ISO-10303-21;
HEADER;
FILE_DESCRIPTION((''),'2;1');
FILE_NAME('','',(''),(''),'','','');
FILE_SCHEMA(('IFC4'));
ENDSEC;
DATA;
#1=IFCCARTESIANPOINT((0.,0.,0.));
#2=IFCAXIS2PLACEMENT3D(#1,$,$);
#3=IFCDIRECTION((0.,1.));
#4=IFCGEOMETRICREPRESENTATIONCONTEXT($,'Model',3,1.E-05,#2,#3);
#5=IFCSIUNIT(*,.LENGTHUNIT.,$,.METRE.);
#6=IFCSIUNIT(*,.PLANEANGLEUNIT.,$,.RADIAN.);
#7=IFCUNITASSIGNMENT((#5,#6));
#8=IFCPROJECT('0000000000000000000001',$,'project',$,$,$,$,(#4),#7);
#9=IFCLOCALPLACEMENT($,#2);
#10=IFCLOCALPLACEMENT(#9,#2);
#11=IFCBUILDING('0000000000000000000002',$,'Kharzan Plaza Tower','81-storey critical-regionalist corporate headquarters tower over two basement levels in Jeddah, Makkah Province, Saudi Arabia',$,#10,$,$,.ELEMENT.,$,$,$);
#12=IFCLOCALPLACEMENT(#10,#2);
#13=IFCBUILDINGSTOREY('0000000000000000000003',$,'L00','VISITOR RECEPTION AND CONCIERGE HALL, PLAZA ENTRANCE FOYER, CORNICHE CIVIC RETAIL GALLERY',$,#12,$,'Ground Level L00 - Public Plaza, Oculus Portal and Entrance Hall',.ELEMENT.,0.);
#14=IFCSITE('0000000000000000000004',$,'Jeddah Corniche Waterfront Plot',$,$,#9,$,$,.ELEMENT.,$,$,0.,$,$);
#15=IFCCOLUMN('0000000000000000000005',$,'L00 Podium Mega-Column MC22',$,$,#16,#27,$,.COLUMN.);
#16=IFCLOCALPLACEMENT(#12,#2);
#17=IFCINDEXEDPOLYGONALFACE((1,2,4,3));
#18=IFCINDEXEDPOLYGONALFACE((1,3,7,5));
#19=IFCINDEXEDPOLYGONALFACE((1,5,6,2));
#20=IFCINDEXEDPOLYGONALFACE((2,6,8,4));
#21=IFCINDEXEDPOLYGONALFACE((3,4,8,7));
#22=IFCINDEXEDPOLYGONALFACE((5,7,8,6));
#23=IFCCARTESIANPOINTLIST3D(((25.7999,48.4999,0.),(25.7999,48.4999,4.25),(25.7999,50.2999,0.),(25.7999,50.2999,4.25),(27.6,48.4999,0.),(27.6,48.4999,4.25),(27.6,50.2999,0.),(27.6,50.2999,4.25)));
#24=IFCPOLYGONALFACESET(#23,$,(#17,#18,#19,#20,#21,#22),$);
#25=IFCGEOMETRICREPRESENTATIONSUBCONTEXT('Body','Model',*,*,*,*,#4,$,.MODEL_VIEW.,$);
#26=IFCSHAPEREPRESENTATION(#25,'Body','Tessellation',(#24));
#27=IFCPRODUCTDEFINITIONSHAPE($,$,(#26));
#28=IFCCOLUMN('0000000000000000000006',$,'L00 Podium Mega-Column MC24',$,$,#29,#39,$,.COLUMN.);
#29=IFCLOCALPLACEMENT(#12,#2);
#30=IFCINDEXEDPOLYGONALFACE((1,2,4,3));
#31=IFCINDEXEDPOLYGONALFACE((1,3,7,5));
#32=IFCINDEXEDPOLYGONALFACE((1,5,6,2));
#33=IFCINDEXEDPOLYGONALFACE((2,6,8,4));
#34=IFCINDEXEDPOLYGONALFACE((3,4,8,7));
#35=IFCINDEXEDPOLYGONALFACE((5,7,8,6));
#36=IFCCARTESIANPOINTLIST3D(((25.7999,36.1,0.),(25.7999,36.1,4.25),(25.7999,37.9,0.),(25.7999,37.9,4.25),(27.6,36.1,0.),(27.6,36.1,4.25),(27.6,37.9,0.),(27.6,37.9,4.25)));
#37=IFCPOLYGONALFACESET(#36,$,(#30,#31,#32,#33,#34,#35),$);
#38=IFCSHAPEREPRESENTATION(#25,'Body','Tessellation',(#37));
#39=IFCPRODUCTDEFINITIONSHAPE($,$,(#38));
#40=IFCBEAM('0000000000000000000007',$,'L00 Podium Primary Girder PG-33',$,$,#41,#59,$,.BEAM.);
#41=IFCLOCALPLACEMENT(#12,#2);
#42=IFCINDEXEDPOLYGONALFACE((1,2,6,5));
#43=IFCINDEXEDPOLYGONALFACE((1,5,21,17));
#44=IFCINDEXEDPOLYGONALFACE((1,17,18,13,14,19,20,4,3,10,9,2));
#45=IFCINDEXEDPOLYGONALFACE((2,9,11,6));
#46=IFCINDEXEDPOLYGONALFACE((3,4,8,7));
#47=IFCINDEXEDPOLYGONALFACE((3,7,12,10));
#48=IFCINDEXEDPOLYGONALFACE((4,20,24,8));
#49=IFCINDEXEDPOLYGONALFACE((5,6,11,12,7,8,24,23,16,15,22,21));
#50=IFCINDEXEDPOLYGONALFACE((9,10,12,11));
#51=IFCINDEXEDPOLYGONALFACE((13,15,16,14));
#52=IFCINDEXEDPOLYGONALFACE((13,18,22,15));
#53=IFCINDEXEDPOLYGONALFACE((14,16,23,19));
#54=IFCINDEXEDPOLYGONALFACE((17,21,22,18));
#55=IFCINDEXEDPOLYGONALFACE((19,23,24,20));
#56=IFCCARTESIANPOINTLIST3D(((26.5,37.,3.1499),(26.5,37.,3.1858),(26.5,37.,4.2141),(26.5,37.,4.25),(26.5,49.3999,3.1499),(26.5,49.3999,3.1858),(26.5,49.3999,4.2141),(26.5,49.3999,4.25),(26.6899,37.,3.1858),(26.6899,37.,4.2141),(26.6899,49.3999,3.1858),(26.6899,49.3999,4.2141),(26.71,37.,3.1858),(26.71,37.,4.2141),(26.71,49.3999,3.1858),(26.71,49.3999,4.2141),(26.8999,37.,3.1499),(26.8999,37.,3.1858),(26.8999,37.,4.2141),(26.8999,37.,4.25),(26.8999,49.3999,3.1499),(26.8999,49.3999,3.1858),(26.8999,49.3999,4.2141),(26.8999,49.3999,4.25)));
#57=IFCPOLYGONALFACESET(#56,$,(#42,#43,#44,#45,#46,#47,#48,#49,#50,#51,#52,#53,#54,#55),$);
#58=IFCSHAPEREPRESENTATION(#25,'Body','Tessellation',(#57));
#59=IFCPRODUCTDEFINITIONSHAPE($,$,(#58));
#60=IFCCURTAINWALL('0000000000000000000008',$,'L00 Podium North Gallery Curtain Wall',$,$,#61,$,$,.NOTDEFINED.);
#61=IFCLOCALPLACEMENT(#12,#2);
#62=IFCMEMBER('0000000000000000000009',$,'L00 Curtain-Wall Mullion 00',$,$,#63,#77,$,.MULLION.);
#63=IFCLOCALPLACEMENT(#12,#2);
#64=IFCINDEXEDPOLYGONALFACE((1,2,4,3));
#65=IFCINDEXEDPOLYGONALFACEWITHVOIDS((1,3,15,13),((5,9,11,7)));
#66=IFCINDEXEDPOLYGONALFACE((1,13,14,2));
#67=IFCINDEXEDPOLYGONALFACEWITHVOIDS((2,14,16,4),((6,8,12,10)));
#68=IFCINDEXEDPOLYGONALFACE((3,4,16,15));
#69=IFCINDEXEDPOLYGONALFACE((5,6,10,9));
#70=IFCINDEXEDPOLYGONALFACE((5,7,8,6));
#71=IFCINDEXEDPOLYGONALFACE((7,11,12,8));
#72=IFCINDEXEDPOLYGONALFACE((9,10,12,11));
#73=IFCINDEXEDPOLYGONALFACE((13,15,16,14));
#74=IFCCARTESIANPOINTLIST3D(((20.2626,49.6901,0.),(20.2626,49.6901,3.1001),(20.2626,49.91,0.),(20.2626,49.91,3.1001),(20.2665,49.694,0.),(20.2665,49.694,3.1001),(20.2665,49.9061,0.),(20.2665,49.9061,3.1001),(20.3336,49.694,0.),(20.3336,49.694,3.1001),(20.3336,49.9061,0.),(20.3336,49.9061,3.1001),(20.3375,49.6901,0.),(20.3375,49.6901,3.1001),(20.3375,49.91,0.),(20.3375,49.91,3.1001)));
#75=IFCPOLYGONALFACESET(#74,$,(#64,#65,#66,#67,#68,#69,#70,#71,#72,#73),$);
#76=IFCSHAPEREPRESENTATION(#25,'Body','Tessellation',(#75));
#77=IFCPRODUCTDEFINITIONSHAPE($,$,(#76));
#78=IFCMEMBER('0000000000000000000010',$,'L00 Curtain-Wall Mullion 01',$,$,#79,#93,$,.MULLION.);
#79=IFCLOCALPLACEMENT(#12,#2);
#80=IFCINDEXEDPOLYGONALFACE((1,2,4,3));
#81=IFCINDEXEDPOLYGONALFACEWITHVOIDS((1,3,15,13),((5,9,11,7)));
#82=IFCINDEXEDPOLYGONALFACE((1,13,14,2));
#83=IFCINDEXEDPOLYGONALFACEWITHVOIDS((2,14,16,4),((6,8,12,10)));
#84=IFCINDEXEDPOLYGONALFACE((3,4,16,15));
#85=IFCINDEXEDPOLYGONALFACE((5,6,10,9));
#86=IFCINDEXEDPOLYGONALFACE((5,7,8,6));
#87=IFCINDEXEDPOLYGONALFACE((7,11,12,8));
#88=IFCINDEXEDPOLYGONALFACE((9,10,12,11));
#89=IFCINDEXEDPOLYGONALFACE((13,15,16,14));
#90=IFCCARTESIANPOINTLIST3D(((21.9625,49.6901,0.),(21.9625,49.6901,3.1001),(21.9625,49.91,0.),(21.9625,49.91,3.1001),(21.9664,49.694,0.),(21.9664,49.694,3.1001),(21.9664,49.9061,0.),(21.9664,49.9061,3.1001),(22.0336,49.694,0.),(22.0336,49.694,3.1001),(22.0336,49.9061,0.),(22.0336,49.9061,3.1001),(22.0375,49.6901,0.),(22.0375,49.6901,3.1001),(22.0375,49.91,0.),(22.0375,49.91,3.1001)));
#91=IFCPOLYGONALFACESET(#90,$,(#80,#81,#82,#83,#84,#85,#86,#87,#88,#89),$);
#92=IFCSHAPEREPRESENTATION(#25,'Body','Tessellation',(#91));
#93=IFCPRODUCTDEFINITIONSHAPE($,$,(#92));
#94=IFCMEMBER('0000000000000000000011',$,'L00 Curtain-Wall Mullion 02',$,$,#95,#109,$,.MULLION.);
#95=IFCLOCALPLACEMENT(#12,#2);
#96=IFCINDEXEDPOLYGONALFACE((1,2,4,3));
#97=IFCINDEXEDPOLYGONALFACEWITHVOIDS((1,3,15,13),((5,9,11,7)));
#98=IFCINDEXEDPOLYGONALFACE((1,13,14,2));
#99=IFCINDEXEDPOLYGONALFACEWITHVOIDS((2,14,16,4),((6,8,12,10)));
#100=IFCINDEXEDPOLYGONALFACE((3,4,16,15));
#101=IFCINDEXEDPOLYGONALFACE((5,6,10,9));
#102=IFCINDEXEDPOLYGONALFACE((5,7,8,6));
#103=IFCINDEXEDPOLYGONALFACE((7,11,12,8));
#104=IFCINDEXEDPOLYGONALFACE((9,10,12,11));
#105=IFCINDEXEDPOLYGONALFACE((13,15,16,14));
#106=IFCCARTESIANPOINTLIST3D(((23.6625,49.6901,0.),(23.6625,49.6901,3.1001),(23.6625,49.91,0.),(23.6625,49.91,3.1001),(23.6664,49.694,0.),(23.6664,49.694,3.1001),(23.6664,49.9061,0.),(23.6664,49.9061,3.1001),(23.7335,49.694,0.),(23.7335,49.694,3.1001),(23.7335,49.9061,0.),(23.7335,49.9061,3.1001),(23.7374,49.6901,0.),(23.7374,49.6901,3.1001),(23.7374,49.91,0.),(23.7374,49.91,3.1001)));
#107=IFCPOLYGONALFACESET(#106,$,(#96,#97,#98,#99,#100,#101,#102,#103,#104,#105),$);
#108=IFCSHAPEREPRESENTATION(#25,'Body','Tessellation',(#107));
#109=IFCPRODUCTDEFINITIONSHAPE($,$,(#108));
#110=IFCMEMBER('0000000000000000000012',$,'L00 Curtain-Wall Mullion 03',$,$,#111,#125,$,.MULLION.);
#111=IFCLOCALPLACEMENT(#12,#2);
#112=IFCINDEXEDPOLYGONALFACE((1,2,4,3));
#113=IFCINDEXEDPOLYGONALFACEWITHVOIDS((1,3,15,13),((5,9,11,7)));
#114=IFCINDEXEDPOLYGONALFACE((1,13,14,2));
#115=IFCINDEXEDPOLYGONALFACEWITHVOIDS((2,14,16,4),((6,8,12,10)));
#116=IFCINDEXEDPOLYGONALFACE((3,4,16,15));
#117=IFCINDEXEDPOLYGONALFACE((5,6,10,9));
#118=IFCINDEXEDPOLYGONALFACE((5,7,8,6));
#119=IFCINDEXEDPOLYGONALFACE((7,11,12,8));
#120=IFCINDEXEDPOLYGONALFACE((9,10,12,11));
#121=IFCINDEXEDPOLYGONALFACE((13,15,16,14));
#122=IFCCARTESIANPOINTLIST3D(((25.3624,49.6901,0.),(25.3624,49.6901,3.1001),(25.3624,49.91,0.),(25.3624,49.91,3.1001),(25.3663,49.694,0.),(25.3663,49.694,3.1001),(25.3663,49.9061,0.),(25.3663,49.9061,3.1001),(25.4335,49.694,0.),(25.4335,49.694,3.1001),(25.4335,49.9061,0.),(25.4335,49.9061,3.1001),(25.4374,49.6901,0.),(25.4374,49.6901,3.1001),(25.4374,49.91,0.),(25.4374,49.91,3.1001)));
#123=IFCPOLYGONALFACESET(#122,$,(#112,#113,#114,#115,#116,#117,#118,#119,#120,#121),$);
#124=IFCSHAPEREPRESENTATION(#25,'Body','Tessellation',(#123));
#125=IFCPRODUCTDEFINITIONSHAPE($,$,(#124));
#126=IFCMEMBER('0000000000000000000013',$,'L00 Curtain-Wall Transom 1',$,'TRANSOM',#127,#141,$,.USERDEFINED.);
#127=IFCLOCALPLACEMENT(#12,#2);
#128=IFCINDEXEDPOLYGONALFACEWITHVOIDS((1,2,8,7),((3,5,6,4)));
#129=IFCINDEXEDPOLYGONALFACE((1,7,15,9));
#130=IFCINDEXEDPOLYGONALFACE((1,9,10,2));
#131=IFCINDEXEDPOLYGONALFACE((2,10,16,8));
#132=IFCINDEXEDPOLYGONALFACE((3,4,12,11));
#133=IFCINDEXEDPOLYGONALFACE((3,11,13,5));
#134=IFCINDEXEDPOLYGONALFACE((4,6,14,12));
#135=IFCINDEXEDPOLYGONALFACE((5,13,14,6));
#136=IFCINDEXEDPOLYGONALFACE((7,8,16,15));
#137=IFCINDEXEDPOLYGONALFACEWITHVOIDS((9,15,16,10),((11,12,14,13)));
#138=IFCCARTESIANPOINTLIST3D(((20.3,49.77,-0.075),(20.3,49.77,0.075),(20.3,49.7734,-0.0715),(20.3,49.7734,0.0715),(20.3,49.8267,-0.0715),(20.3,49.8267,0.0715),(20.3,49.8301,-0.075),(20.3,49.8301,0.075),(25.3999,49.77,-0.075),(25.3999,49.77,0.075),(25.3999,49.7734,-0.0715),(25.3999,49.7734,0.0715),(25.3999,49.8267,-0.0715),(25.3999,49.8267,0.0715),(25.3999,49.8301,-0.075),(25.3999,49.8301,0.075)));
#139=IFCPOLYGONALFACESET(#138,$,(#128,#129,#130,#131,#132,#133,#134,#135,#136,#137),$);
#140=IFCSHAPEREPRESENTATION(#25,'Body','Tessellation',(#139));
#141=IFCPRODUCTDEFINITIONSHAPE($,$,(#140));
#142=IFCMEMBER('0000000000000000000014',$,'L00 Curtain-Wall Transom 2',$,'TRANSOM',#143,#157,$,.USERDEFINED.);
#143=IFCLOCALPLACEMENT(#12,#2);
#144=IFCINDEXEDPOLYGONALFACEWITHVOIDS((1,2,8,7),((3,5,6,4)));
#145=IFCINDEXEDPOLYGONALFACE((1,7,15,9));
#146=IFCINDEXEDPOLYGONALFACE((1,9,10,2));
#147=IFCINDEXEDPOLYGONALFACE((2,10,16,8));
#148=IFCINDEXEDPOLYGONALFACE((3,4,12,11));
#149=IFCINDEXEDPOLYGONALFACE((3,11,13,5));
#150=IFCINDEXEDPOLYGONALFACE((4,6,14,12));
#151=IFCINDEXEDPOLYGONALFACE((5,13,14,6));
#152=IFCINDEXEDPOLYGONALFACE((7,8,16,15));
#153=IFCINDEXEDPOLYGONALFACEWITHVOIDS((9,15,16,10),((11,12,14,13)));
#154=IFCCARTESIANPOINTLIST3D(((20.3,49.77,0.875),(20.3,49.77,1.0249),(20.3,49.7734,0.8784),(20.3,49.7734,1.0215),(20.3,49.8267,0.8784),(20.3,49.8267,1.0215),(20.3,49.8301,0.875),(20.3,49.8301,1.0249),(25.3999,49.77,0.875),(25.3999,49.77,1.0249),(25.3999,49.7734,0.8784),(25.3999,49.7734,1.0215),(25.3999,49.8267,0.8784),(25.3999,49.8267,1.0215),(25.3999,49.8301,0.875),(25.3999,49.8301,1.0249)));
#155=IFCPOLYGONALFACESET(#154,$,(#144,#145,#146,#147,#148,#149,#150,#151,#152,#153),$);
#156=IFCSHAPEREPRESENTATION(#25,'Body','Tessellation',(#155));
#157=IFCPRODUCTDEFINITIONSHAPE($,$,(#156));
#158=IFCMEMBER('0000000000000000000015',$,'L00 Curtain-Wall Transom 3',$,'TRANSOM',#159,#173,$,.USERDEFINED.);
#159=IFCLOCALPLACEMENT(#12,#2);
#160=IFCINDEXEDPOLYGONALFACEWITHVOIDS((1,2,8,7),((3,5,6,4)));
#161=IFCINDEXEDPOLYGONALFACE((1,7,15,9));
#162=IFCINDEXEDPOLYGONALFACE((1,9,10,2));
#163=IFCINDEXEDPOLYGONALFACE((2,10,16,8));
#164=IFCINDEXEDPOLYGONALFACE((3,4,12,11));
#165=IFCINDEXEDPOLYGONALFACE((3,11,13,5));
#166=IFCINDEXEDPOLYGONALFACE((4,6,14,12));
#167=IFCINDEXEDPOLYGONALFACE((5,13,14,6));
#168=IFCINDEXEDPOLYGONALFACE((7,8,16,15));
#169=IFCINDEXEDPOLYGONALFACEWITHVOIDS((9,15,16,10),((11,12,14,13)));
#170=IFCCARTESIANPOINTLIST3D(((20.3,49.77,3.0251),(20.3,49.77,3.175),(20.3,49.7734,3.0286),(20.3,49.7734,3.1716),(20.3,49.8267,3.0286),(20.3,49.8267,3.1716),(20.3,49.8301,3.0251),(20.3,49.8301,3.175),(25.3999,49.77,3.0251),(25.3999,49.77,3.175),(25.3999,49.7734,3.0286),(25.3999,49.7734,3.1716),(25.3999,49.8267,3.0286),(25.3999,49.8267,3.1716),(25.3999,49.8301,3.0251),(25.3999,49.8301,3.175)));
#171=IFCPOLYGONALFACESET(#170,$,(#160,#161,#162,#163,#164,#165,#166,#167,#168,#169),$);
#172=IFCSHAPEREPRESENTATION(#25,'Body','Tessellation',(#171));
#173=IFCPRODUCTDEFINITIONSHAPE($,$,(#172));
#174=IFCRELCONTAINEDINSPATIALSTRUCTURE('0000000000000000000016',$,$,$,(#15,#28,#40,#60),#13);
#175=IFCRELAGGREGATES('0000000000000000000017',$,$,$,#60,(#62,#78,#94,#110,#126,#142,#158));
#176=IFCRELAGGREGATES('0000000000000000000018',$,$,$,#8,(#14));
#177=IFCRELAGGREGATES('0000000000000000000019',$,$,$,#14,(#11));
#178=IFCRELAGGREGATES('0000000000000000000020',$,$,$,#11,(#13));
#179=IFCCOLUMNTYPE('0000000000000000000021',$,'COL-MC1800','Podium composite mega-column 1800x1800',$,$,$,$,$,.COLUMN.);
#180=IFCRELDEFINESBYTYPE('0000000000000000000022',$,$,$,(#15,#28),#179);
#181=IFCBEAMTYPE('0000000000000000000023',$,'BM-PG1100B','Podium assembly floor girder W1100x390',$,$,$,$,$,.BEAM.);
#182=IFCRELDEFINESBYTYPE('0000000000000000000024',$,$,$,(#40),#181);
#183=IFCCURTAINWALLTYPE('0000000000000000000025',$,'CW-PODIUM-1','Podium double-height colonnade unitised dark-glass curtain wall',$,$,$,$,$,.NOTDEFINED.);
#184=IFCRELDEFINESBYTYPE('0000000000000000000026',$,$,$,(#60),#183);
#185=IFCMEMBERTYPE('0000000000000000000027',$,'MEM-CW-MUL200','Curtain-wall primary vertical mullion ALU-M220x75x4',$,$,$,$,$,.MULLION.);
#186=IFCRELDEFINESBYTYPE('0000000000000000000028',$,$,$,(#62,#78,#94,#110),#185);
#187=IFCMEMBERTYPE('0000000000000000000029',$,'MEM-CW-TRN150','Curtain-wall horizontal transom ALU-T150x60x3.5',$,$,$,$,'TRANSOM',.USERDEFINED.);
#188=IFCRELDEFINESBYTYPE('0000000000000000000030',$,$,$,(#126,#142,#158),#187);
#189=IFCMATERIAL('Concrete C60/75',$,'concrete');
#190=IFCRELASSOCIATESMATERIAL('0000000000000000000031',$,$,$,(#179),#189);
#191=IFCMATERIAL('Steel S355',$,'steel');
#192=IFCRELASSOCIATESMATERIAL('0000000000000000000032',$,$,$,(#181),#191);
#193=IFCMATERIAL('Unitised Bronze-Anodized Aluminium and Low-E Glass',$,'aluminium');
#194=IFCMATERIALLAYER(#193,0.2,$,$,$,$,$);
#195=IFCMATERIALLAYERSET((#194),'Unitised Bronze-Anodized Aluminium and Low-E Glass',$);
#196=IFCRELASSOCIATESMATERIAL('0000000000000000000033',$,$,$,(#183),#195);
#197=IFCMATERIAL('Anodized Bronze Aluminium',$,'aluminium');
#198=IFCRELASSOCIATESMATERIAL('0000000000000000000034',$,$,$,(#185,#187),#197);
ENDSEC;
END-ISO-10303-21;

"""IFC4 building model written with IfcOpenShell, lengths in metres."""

from ifc_helpers import new_model, si_unit, direction, frame, origin, origin_2d, place, context, subcontext, project, spatial, rectangle, hollow_rectangle, i_section, extrude, source, transform, mapped, material, layer, layer_set, material_profile, profile_set, type_object, element, aggregate, save


model = new_model("IFC4")

# Units and contexts
model_context = context("Model", 3, precision=1e-05, world=origin(), true_north=direction((0.0, 1.0)))
body_context = subcontext(model_context, "Body", "Model", "MODEL_VIEW")
ifc_project = project(units=[si_unit("LENGTHUNIT", "METRE"), si_unit("PLANEANGLEUNIT", "RADIAN")], contexts=[model_context])

# Site, building, storey
site_placement = place(None, origin())
site = spatial("IfcSite", under=ifc_project, at=site_placement, Name="Jeddah Corniche Waterfront Plot", CompositionType="ELEMENT", RefElevation=0.0)
building_placement = place(site_placement, origin())
building = spatial("IfcBuilding", under=site, at=building_placement, Name="Kharzan Plaza Tower", Description="81-storey critical-regionalist corporate headquarters tower over two basement levels in Jeddah, Makkah Province, Saudi Arabia", CompositionType="ELEMENT")
storey_placement = place(building_placement, origin())
storey = spatial("IfcBuildingStorey", under=building, at=storey_placement, Name="L00", Description="VISITOR RECEPTION AND CONCIERGE HALL, PLAZA ENTRANCE FOYER, CORNICHE CIVIC RETAIL GALLERY", LongName="Ground Level L00 - Public Plaza, Oculus Portal and Entrance Hall", CompositionType="ELEMENT", Elevation=0.0)

# Columns
ifc_material_1 = material(Name="Concrete C60/75", Category="concrete")
ifc_material_profile_1 = material_profile(ifc_material_1, rectangle(XDim=1.8, YDim=1.8, at=origin_2d()), Name="RC-MC1800x1800")
ifc_profile_set_1 = profile_set([ifc_material_profile_1], Name="Concrete C60/75")
column_type = type_object("IfcColumnType", Name="COL-MC1800", Description="Podium composite mega-column 1800x1800", PredefinedType="COLUMN", material=ifc_profile_set_1)
shared_shape_1 = source(origin(), body_context, "Body", "SweptSolid", [
    extrude(rectangle(XDim=1.8, YDim=1.8, at=origin_2d()), origin(), (0.0, 0.0, 1.0), 4.25),
])
for number, where, z_axis, x_axis, name in (
    (1, (26.7, 49.3999, 0.0), (0.0, 0.0, 1.0), (1.0, 0.0, 0.0), "L00 Podium Mega-Column MC22"),
    (2, (26.7, 37.0, 0.0), (0.0, 0.0, 1.0), (1.0, 0.0, 0.0), "L00 Podium Mega-Column MC24"),
):
    element("IfcColumn", number, at=place(storey_placement, frame(where, z_axis=z_axis, x_axis=x_axis)), inside=storey, type_object=column_type, Name=name, PredefinedType="COLUMN", context=body_context, shape_type="MappedRepresentation", body=[
        mapped(shared_shape_1, transform((0.0, 0.0, 0.0), x_axis=(1.0, 0.0, 0.0), y_axis=(0.0, 1.0, 0.0), z_axis=(0.0, 0.0, 1.0))),
    ])

# Beam
ifc_material_2 = material(Name="Steel S355", Category="steel")
ifc_material_profile_2 = material_profile(ifc_material_2, i_section(OverallWidth=0.3999, OverallDepth=1.1001, WebThickness=0.02, FlangeThickness=0.0359, at=origin_2d()), Name="W1100x390")
ifc_profile_set_2 = profile_set([ifc_material_profile_2], Name="Steel S355")
beam_type = type_object("IfcBeamType", Name="BM-PG1100B", Description="Podium assembly floor girder W1100x390", PredefinedType="BEAM", material=ifc_profile_set_2)
shared_shape_2 = source(origin(), body_context, "Body", "SweptSolid", [
    extrude(i_section(OverallWidth=0.3999, OverallDepth=1.1001, WebThickness=0.02, FlangeThickness=0.0359, at=origin_2d()), origin(), (0.0, 0.0, 1.0), 12.3999),
])
beam_placement = place(storey_placement, frame((26.7, 37.0, 3.7), z_axis=(0.0, 1.0, 0.0), x_axis=(-1.0, 0.0, 0.0)))
element("IfcBeam", 3, at=beam_placement, inside=storey, type_object=beam_type, Name="L00 Podium Primary Girder PG-33", PredefinedType="BEAM", context=body_context, shape_type="MappedRepresentation", body=[
    mapped(shared_shape_2, transform((0.0, 0.0, 0.0), x_axis=(1.0, 0.0, 0.0), y_axis=(0.0, 1.0, 0.0), z_axis=(0.0, 0.0, 1.0))),
])

# Curtain wall, members
ifc_material_3 = material(Name="Unitised Bronze-Anodized Aluminium and Low-E Glass", Category="aluminium")
ifc_layer_1 = layer(ifc_material_3, 0.2)
ifc_layer_set_1 = layer_set([ifc_layer_1], Name="Unitised Bronze-Anodized Aluminium and Low-E Glass")
curtain_wall_type = type_object("IfcCurtainWallType", Name="CW-PODIUM-1", Description="Podium double-height colonnade unitised dark-glass curtain wall", PredefinedType="NOTDEFINED", material=ifc_layer_set_1)
curtain_wall_placement = place(storey_placement, origin())
curtain_wall = element("IfcCurtainWall", 4, at=curtain_wall_placement, inside=storey, type_object=curtain_wall_type, Name="L00 Podium North Gallery Curtain Wall", PredefinedType="NOTDEFINED")
ifc_material_4 = material(Name="Anodized Bronze Aluminium", Category="aluminium")
ifc_material_profile_3 = material_profile(ifc_material_4, hollow_rectangle(XDim=0.075, YDim=0.22, WallThickness=0.0039, at=origin_2d()), Name="ALU-M220x75x4")
ifc_profile_set_3 = profile_set([ifc_material_profile_3], Name="Anodized Bronze Aluminium")
member_type_1 = type_object("IfcMemberType", Name="MEM-CW-MUL200", Description="Curtain-wall primary vertical mullion ALU-M220x75x4", PredefinedType="MULLION", material=ifc_profile_set_3)
shared_shape_3 = source(origin(), body_context, "Body", "SweptSolid", [
    extrude(hollow_rectangle(XDim=0.075, YDim=0.22, WallThickness=0.0039, at=origin_2d()), origin(), (0.0, 0.0, 1.0), 3.1001),
])
member_1_placement = place(storey_placement, frame((20.3, 49.8, 0.0), z_axis=(0.0, 0.0, 1.0), x_axis=(1.0, 0.0, 0.0)))
member_1 = element("IfcMember", 5, at=member_1_placement, type_object=member_type_1, Name="L00 Curtain-Wall Mullion 00", PredefinedType="MULLION", context=body_context, shape_type="MappedRepresentation", body=[
    mapped(shared_shape_3, transform((0.0, 0.0, 0.0), x_axis=(1.0, 0.0, 0.0), y_axis=(0.0, 1.0, 0.0), z_axis=(0.0, 0.0, 1.0))),
])
member_2_placement = place(storey_placement, frame((22.0, 49.8, 0.0), z_axis=(0.0, 0.0, 1.0), x_axis=(1.0, 0.0, 0.0)))
member_2 = element("IfcMember", 6, at=member_2_placement, type_object=member_type_1, Name="L00 Curtain-Wall Mullion 01", PredefinedType="MULLION", context=body_context, shape_type="MappedRepresentation", body=[
    mapped(shared_shape_3, transform((0.0, 0.0, 0.0), x_axis=(1.0, 0.0, 0.0), y_axis=(0.0, 1.0, 0.0), z_axis=(0.0, 0.0, 1.0))),
])
member_3_placement = place(storey_placement, frame((23.7, 49.8, 0.0), z_axis=(0.0, 0.0, 1.0), x_axis=(1.0, 0.0, 0.0)))
member_3 = element("IfcMember", 7, at=member_3_placement, type_object=member_type_1, Name="L00 Curtain-Wall Mullion 02", PredefinedType="MULLION", context=body_context, shape_type="MappedRepresentation", body=[
    mapped(shared_shape_3, transform((0.0, 0.0, 0.0), x_axis=(1.0, 0.0, 0.0), y_axis=(0.0, 1.0, 0.0), z_axis=(0.0, 0.0, 1.0))),
])
member_4_placement = place(storey_placement, frame((25.3999, 49.8, 0.0), z_axis=(0.0, 0.0, 1.0), x_axis=(1.0, 0.0, 0.0)))
member_4 = element("IfcMember", 8, at=member_4_placement, type_object=member_type_1, Name="L00 Curtain-Wall Mullion 03", PredefinedType="MULLION", context=body_context, shape_type="MappedRepresentation", body=[
    mapped(shared_shape_3, transform((0.0, 0.0, 0.0), x_axis=(1.0, 0.0, 0.0), y_axis=(0.0, 1.0, 0.0), z_axis=(0.0, 0.0, 1.0))),
])
ifc_material_profile_4 = material_profile(ifc_material_4, hollow_rectangle(XDim=0.0601, YDim=0.1499, WallThickness=0.0034, at=origin_2d()), Name="ALU-T150x60x3.5")
ifc_profile_set_4 = profile_set([ifc_material_profile_4], Name="Anodized Bronze Aluminium")
member_type_2 = type_object("IfcMemberType", Name="MEM-CW-TRN150", Description="Curtain-wall horizontal transom ALU-T150x60x3.5", ElementType="TRANSOM", PredefinedType="USERDEFINED", material=ifc_profile_set_4)
shared_shape_4 = source(origin(), body_context, "Body", "SweptSolid", [
    extrude(hollow_rectangle(XDim=0.0601, YDim=0.1499, WallThickness=0.0034, at=origin_2d()), origin(), (0.0, 0.0, 1.0), 5.0999),
])
member_5_placement = place(storey_placement, frame((20.3, 49.8, 0.0), z_axis=(1.0, 0.0, 0.0), x_axis=(0.0, 1.0, 0.0)))
member_5 = element("IfcMember", 9, at=member_5_placement, type_object=member_type_2, Name="L00 Curtain-Wall Transom 1", ObjectType="TRANSOM", PredefinedType="USERDEFINED", context=body_context, shape_type="MappedRepresentation", body=[
    mapped(shared_shape_4, transform((0.0, 0.0, 0.0), x_axis=(1.0, 0.0, 0.0), y_axis=(0.0, 1.0, 0.0), z_axis=(0.0, 0.0, 1.0))),
])
member_6_placement = place(storey_placement, frame((20.3, 49.8, 0.95), z_axis=(1.0, 0.0, 0.0), x_axis=(0.0, 1.0, 0.0)))
member_6 = element("IfcMember", 10, at=member_6_placement, type_object=member_type_2, Name="L00 Curtain-Wall Transom 2", ObjectType="TRANSOM", PredefinedType="USERDEFINED", context=body_context, shape_type="MappedRepresentation", body=[
    mapped(shared_shape_4, transform((0.0, 0.0, 0.0), x_axis=(1.0, 0.0, 0.0), y_axis=(0.0, 1.0, 0.0), z_axis=(0.0, 0.0, 1.0))),
])
member_7_placement = place(storey_placement, frame((20.3, 49.8, 3.1001), z_axis=(1.0, 0.0, 0.0), x_axis=(0.0, 1.0, 0.0)))
member_7 = element("IfcMember", 11, at=member_7_placement, type_object=member_type_2, Name="L00 Curtain-Wall Transom 3", ObjectType="TRANSOM", PredefinedType="USERDEFINED", context=body_context, shape_type="MappedRepresentation", body=[
    mapped(shared_shape_4, transform((0.0, 0.0, 0.0), x_axis=(1.0, 0.0, 0.0), y_axis=(0.0, 1.0, 0.0), z_axis=(0.0, 0.0, 1.0))),
])

aggregate(curtain_wall, [member_1, member_2, member_3, member_4, member_5, member_6, member_7])

save(model, "model.ifc")
